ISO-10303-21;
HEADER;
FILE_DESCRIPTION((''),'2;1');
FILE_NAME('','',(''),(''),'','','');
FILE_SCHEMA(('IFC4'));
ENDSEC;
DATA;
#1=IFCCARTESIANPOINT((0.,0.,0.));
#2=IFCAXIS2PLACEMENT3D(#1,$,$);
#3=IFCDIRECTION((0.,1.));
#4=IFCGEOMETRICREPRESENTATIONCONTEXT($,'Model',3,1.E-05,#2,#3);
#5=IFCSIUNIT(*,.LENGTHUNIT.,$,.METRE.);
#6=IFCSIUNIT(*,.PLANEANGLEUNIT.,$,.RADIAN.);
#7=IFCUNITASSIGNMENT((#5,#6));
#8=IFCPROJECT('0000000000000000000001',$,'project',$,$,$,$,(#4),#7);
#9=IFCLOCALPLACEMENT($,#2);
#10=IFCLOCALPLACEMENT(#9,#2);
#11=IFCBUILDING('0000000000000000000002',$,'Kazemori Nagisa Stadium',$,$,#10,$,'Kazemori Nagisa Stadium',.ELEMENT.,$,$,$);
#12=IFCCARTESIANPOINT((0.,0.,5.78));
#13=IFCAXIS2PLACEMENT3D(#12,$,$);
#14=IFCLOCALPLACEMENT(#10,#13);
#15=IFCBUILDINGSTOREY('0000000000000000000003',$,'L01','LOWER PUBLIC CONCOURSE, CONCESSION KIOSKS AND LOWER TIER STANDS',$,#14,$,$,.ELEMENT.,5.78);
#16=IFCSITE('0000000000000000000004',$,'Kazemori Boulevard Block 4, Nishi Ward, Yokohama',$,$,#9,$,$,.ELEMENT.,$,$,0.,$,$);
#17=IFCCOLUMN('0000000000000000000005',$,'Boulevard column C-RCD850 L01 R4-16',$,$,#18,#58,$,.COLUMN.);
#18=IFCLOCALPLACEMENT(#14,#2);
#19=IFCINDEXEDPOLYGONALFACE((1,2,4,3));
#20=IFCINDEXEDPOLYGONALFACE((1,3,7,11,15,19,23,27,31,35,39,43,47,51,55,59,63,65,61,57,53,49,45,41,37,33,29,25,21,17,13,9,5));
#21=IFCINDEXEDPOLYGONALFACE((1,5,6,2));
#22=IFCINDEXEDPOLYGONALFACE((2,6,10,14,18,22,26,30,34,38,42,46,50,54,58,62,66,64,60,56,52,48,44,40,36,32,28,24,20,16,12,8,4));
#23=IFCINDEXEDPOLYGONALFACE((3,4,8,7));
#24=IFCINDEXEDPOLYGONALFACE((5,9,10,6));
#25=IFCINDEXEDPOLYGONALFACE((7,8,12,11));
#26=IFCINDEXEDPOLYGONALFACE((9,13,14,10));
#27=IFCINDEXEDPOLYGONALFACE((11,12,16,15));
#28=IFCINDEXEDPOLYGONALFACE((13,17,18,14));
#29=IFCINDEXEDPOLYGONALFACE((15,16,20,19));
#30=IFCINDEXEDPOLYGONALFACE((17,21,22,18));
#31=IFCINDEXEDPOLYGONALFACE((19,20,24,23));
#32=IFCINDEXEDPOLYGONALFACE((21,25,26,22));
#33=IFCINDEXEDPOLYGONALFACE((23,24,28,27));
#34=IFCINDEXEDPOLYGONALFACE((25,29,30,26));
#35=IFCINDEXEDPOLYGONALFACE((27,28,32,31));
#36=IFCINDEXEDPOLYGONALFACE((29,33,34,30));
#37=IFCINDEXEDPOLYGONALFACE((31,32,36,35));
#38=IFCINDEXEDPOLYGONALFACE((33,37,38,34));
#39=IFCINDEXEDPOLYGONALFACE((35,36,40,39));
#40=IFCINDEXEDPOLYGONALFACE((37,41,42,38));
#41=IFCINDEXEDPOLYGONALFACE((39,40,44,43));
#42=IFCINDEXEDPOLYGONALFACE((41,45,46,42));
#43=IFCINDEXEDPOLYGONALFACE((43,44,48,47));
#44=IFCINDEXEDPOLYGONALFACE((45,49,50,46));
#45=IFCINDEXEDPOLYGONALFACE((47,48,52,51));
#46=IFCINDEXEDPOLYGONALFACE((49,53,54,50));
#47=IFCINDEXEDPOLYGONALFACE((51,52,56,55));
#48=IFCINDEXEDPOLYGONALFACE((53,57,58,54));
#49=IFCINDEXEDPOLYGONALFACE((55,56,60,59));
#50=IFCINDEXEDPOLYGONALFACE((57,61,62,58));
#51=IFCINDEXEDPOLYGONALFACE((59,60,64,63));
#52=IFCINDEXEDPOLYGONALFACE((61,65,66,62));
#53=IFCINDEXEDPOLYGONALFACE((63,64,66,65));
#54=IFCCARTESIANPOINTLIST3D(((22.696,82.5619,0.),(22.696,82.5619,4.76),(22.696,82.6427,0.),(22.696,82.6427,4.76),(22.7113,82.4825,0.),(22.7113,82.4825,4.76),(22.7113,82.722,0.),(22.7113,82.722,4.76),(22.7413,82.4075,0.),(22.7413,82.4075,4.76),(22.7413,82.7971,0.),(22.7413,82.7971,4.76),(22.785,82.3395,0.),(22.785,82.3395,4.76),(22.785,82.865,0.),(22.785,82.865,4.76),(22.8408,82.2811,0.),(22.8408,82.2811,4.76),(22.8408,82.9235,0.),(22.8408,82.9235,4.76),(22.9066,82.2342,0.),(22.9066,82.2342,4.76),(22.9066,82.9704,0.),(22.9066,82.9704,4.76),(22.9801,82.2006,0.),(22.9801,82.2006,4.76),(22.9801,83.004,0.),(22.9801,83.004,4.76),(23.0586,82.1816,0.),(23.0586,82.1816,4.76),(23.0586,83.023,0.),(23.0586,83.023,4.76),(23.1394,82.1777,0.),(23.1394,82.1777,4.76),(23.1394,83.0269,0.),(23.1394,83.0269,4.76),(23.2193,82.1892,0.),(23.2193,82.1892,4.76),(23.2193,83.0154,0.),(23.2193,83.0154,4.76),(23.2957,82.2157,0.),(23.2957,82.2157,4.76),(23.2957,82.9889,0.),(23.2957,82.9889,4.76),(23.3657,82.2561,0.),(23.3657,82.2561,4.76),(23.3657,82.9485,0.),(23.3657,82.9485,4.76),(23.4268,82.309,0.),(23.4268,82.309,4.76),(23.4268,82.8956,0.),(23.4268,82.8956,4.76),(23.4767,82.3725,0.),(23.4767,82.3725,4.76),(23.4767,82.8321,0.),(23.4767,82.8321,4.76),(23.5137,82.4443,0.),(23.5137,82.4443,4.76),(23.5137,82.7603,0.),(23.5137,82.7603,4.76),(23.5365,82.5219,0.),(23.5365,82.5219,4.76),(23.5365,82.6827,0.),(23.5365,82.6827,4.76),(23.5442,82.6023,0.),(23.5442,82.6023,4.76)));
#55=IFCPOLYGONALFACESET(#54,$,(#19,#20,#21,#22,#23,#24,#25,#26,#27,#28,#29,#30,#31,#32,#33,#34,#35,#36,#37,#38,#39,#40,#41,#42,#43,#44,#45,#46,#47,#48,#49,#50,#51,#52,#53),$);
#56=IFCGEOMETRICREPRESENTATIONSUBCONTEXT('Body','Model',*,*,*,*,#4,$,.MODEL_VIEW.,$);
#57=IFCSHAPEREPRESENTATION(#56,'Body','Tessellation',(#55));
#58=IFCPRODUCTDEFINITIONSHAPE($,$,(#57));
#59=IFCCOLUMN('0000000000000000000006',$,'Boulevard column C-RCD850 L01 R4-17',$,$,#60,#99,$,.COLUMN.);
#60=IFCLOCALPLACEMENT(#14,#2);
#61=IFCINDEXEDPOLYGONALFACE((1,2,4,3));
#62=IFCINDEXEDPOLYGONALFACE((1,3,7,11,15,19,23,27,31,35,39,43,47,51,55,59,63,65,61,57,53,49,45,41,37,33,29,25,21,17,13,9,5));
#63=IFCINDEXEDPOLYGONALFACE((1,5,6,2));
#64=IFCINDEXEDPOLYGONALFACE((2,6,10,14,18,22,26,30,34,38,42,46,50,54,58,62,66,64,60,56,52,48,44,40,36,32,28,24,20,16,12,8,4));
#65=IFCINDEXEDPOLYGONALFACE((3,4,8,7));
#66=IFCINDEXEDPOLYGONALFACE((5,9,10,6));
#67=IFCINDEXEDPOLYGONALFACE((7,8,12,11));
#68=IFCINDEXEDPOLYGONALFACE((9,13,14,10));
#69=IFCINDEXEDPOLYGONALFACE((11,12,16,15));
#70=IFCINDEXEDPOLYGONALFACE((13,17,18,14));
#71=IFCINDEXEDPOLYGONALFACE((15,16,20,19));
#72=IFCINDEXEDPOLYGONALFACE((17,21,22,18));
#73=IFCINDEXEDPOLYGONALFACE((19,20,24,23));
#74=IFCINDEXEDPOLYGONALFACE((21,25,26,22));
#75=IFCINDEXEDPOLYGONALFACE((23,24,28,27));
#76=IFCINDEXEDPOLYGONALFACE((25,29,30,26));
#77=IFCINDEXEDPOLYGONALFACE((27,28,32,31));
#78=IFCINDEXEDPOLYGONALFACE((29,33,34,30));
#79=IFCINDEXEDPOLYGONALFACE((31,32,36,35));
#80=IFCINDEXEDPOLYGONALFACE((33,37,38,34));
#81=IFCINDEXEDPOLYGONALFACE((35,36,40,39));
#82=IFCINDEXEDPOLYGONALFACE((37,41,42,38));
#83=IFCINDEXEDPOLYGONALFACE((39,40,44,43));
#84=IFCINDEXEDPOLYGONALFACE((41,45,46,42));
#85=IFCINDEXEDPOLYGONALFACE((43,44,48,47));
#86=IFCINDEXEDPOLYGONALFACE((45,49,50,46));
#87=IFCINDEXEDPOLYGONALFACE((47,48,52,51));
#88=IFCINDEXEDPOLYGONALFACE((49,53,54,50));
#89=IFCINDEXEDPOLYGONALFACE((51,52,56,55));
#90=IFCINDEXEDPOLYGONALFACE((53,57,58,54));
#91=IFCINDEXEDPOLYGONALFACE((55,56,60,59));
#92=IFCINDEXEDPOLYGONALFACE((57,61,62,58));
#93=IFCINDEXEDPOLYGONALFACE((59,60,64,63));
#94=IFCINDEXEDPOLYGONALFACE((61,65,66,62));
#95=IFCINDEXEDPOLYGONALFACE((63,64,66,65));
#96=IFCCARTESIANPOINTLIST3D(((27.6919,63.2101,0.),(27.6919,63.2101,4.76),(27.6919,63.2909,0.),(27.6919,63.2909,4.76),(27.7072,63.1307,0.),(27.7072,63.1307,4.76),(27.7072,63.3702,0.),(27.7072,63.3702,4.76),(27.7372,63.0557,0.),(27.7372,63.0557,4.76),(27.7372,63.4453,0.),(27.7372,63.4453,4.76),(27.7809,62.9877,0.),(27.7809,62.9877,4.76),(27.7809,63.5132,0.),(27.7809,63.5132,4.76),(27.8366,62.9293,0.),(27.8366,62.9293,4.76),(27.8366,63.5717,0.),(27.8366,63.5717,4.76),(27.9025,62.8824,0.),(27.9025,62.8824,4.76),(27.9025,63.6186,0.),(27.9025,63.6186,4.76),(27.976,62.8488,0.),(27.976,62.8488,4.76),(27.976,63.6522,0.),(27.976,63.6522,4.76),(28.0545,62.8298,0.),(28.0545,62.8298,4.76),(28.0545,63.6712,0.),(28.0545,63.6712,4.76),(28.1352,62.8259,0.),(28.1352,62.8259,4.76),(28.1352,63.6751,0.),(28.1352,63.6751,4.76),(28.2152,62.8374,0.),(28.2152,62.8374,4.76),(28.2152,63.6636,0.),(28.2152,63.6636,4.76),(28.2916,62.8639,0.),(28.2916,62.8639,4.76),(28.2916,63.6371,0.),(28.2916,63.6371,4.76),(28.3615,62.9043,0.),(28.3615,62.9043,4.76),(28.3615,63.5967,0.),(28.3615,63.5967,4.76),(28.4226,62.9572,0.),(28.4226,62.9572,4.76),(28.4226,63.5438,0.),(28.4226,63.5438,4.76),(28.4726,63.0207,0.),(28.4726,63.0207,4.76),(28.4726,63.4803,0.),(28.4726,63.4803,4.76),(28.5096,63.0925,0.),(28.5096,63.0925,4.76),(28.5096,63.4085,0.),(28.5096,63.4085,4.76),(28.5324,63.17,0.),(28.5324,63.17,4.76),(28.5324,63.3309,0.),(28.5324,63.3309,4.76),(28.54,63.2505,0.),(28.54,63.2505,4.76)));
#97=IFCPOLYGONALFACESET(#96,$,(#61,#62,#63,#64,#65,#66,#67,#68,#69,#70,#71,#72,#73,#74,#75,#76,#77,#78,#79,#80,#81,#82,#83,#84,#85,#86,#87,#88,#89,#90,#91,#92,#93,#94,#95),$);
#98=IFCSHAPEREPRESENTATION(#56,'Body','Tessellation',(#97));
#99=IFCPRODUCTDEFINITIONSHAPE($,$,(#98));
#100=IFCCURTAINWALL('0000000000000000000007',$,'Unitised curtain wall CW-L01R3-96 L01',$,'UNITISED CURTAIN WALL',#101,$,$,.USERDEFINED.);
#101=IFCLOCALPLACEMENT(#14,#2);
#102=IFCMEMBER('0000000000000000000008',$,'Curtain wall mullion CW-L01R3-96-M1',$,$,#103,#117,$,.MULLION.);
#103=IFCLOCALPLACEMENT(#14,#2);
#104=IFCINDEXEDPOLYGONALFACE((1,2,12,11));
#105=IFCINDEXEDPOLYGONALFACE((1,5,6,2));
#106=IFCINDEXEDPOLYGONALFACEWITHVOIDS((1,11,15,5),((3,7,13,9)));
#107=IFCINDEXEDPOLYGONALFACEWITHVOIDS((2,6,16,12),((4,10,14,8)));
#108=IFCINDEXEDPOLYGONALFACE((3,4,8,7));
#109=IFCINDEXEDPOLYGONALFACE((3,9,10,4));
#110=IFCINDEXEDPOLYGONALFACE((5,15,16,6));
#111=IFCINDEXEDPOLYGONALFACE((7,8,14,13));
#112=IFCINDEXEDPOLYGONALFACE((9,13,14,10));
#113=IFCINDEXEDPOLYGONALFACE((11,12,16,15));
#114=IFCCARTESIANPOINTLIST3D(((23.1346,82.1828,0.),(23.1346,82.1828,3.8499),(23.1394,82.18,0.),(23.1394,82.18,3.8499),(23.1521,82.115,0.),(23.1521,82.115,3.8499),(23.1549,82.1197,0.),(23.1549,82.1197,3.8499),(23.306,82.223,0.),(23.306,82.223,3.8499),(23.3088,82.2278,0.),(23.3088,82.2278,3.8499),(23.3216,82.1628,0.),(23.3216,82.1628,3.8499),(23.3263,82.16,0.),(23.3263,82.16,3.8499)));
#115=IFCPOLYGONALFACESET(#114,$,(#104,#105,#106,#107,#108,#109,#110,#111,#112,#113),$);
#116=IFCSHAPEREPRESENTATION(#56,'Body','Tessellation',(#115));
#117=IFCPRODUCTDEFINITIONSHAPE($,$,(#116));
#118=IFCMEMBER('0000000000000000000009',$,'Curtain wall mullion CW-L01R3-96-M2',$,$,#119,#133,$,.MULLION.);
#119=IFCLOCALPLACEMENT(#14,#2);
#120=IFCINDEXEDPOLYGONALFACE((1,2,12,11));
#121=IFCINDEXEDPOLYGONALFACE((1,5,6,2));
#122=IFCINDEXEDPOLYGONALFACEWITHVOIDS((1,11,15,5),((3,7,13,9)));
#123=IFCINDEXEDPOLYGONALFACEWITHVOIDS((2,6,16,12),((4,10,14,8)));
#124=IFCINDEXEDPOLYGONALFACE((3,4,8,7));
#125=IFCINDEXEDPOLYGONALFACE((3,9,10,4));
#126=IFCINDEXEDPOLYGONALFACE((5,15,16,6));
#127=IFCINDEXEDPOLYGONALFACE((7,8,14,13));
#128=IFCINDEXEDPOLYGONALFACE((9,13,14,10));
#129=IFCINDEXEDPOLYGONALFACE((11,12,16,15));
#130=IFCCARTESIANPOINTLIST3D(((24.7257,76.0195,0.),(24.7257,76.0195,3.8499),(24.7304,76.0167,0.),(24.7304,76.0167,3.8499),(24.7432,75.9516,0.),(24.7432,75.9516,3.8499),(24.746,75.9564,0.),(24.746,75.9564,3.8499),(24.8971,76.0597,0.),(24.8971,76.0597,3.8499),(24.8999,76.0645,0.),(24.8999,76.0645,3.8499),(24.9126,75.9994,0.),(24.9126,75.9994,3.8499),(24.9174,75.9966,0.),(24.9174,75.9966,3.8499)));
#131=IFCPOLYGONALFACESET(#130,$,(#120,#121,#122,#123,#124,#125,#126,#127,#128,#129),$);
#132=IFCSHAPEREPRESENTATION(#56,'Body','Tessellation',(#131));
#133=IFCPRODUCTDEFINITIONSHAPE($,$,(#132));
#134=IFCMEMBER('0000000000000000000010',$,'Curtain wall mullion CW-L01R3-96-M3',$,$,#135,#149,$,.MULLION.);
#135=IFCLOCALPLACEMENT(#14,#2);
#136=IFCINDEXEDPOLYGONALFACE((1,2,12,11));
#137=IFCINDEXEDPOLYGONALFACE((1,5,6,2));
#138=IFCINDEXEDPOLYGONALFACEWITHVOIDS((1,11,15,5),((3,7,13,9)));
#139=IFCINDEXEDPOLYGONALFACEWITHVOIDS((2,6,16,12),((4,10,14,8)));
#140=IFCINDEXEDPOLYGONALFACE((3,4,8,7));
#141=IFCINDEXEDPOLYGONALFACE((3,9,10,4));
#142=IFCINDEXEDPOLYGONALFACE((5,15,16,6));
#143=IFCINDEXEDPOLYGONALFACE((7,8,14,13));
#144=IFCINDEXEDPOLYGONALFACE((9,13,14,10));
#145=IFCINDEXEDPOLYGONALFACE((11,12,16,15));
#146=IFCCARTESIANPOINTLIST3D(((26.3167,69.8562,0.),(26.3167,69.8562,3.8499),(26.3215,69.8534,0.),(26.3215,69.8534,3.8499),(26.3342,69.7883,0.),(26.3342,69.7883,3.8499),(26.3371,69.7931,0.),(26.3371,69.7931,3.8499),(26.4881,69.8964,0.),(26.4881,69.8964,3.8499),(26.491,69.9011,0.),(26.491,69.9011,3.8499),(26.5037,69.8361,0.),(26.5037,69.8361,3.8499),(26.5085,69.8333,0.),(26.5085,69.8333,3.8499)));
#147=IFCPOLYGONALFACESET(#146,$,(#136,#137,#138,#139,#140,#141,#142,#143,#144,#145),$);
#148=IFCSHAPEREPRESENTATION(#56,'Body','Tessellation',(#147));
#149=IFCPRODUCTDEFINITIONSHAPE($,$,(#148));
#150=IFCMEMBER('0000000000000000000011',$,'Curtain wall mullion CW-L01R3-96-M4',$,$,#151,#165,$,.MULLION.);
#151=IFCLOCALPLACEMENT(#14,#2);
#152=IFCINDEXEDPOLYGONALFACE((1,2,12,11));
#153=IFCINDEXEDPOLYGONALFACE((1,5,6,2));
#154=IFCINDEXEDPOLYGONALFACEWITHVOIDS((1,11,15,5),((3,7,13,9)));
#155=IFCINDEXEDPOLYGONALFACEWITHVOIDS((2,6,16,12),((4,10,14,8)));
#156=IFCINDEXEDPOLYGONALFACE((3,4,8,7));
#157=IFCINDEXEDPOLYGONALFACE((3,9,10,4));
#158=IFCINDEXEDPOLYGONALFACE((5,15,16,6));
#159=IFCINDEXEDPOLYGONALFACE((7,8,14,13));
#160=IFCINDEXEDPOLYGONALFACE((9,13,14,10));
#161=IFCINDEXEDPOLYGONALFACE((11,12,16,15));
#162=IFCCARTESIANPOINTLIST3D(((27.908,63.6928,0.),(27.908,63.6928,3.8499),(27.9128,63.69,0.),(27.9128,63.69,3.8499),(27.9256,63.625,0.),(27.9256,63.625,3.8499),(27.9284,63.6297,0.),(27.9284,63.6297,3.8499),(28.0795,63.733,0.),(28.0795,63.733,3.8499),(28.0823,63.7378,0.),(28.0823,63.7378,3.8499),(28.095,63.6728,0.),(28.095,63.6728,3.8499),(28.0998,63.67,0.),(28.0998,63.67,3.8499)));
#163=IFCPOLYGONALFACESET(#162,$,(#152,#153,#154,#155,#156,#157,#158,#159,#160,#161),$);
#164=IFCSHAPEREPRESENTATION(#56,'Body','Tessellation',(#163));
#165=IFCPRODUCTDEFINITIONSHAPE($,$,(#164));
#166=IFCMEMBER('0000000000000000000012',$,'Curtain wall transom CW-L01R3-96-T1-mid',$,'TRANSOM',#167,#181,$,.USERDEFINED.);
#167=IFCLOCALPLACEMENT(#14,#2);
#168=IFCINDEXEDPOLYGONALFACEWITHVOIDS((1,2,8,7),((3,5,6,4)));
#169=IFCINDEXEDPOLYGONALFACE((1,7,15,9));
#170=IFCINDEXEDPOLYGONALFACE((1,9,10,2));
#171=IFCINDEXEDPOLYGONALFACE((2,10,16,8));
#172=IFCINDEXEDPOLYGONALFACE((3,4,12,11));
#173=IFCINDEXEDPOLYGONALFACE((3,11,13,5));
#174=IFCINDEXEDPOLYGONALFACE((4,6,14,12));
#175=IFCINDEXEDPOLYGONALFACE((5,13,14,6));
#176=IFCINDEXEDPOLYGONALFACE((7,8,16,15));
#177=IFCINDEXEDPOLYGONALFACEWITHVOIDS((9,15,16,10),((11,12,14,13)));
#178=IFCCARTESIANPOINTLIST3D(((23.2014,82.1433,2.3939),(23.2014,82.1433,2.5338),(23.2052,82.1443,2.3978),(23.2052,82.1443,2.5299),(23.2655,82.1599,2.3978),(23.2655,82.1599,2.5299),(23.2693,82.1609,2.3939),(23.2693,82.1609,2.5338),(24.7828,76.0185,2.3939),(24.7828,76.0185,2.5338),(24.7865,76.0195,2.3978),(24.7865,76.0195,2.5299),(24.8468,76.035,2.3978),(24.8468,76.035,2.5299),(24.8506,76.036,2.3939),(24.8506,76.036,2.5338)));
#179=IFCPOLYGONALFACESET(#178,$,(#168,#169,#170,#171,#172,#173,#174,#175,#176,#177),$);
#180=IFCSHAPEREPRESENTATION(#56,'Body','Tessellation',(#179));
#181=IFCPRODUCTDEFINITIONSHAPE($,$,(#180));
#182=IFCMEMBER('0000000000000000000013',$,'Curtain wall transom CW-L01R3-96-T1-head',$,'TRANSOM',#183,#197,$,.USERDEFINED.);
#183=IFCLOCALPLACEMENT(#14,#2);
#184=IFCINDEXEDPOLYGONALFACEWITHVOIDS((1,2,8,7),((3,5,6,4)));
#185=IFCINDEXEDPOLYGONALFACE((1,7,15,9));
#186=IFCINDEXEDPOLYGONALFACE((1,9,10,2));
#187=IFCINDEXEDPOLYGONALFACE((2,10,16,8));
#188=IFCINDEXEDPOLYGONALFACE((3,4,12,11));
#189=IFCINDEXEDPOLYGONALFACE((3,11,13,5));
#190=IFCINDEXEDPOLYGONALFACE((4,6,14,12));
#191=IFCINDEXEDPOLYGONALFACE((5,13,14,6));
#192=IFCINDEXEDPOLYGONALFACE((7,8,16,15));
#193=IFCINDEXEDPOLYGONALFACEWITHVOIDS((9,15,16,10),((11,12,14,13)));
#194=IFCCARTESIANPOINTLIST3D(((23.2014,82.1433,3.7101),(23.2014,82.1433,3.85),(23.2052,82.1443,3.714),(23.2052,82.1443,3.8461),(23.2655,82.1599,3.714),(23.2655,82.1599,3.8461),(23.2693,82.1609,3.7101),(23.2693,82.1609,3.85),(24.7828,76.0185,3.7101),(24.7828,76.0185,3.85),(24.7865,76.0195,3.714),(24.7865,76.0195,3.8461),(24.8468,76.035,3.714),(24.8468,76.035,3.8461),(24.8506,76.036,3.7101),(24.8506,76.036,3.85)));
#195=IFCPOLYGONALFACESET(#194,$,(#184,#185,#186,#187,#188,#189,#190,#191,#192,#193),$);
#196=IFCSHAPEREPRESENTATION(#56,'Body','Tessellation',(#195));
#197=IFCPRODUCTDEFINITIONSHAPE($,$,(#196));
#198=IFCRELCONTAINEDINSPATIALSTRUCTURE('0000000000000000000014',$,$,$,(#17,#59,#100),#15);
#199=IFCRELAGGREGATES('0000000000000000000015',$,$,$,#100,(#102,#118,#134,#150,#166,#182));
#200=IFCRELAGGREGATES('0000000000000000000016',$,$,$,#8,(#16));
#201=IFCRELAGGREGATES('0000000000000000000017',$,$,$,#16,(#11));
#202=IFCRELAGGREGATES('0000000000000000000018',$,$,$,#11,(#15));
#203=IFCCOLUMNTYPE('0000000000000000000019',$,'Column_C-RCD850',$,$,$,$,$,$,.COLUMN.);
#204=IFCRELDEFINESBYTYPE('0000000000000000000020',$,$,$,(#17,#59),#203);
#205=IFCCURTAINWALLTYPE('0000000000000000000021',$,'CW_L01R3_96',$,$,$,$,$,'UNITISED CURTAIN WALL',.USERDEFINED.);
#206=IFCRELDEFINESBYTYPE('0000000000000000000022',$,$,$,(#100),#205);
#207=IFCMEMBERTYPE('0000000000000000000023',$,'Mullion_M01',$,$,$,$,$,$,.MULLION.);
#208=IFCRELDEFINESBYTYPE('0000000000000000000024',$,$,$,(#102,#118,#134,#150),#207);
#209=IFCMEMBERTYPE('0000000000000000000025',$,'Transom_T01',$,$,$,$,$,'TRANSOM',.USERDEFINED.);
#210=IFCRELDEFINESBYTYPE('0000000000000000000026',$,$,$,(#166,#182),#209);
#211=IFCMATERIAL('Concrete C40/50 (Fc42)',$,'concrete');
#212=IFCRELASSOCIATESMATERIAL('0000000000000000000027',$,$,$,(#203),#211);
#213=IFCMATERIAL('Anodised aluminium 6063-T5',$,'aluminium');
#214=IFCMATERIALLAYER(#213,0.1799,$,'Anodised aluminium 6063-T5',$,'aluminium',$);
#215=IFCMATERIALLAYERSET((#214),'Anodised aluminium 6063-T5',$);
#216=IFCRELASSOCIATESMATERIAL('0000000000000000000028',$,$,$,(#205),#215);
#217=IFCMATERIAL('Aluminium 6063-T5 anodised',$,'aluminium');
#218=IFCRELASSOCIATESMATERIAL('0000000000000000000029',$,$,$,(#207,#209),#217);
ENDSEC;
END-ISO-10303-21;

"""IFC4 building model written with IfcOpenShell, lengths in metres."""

from ifc_helpers import new_model, si_unit, direction, frame, origin, origin_2d, place, context, subcontext, project, spatial, hollow_rectangle, circle, extrude, material, layer, layer_set, material_profile, profile_set, type_object, element, aggregate, save


model = new_model("IFC4")

# Units and contexts
model_context = context("Model", 3, precision=1e-05, world=origin(), true_north=direction((0.0, 1.0)))
body_context = subcontext(model_context, "Body", "Model", "MODEL_VIEW")
ifc_project = project(units=[si_unit("LENGTHUNIT", "METRE"), si_unit("PLANEANGLEUNIT", "RADIAN")], contexts=[model_context])

# Site, building, storey
site_placement = place(None, origin())
site = spatial("IfcSite", under=ifc_project, at=site_placement, Name="Kazemori Boulevard Block 4, Nishi Ward, Yokohama", CompositionType="ELEMENT", RefElevation=0.0)
building_placement = place(site_placement, origin())
building = spatial("IfcBuilding", under=site, at=building_placement, Name="Kazemori Nagisa Stadium", LongName="Kazemori Nagisa Stadium", CompositionType="ELEMENT")
storey_placement = place(building_placement, frame((0.0, 0.0, 5.78)))
storey = spatial("IfcBuildingStorey", under=building, at=storey_placement, Name="L01", Description="LOWER PUBLIC CONCOURSE, CONCESSION KIOSKS AND LOWER TIER STANDS", CompositionType="ELEMENT", Elevation=5.78)

# Columns
ifc_material_1 = material(Name="Concrete C40/50 (Fc42)", Category="concrete")
ifc_material_profile_1 = material_profile(ifc_material_1, circle(Radius=0.425, at=origin_2d()), Name="RC-COL-D850")
ifc_profile_set_1 = profile_set([ifc_material_profile_1], Name="Concrete C40/50 (Fc42)")
column_type = type_object("IfcColumnType", Name="Column_C-RCD850", PredefinedType="COLUMN", material=ifc_profile_set_1)
for number, where, z_axis, x_axis, name in (
    (1, (23.1191, 82.6023, 0.0), (0.0, 0.0, 1.0), (1.0, 0.0, 0.0), "Boulevard column C-RCD850 L01 R4-16"),
    (2, (28.115, 63.2505, 0.0), (0.0, 0.0, 1.0), (1.0, 0.0, 0.0), "Boulevard column C-RCD850 L01 R4-17"),
):
    element("IfcColumn", number, at=place(storey_placement, frame(where, z_axis=z_axis, x_axis=x_axis)), inside=storey, type_object=column_type, Name=name, PredefinedType="COLUMN", context=body_context, shape_type="SweptSolid", body=[
        extrude(circle(Radius=0.425, at=origin_2d()), origin(), (0.0, 0.0, 1.0), 4.76),
    ])

# Curtain wall, members
ifc_material_2 = material(Name="Anodised aluminium 6063-T5", Category="aluminium")
ifc_layer_1 = layer(ifc_material_2, 0.1799, Name="Anodised aluminium 6063-T5", Category="aluminium")
ifc_layer_set_1 = layer_set([ifc_layer_1], Name="Anodised aluminium 6063-T5")
curtain_wall_type = type_object("IfcCurtainWallType", Name="CW_L01R3_96", ElementType="UNITISED CURTAIN WALL", PredefinedType="USERDEFINED", material=ifc_layer_set_1)
curtain_wall_placement = place(storey_placement, origin())
curtain_wall = element("IfcCurtainWall", 3, at=curtain_wall_placement, inside=storey, type_object=curtain_wall_type, Name="Unitised curtain wall CW-L01R3-96 L01", ObjectType="UNITISED CURTAIN WALL", PredefinedType="USERDEFINED")
ifc_material_3 = material(Name="Aluminium 6063-T5 anodised", Category="aluminium")
ifc_material_profile_2 = material_profile(ifc_material_3, hollow_rectangle(XDim=0.0701, YDim=0.1799, WallThickness=0.0039, at=origin_2d()), Name="ALU-MULL-70x180x4")
ifc_profile_set_2 = profile_set([ifc_material_profile_2], Name="Aluminium 6063-T5 anodised")
member_type_1 = type_object("IfcMemberType", Name="Mullion_M01", PredefinedType="MULLION", material=ifc_profile_set_2)
member_1_placement = place(storey_placement, frame((23.2305, 82.1714, 0.0), z_axis=(0.0, 0.0, 1.0), x_axis=(0.249965, -0.968255, 0.0)))
member_1 = element("IfcMember", 4, at=member_1_placement, type_object=member_type_1, Name="Curtain wall mullion CW-L01R3-96-M1", PredefinedType="MULLION", context=body_context, shape_type="SweptSolid", body=[
    extrude(hollow_rectangle(XDim=0.0701, YDim=0.1799, WallThickness=0.0039, at=origin_2d()), origin(), (0.0, 0.0, 1.0), 3.8499),
])
member_2_placement = place(storey_placement, frame((24.8215, 76.0081, 0.0), z_axis=(0.0, 0.0, 1.0), x_axis=(0.249965, -0.968255, 0.0)))
member_2 = element("IfcMember", 5, at=member_2_placement, type_object=member_type_1, Name="Curtain wall mullion CW-L01R3-96-M2", PredefinedType="MULLION", context=body_context, shape_type="SweptSolid", body=[
    extrude(hollow_rectangle(XDim=0.0701, YDim=0.1799, WallThickness=0.0039, at=origin_2d()), origin(), (0.0, 0.0, 1.0), 3.8499),
])
member_3_placement = place(storey_placement, frame((26.4126, 69.8447, 0.0), z_axis=(0.0, 0.0, 1.0), x_axis=(0.249965, -0.968255, 0.0)))
member_3 = element("IfcMember", 6, at=member_3_placement, type_object=member_type_1, Name="Curtain wall mullion CW-L01R3-96-M3", PredefinedType="MULLION", context=body_context, shape_type="SweptSolid", body=[
    extrude(hollow_rectangle(XDim=0.0701, YDim=0.1799, WallThickness=0.0039, at=origin_2d()), origin(), (0.0, 0.0, 1.0), 3.8499),
])
member_4_placement = place(storey_placement, frame((28.0039, 63.6814, 0.0), z_axis=(0.0, 0.0, 1.0), x_axis=(0.249965, -0.968255, 0.0)))
member_4 = element("IfcMember", 7, at=member_4_placement, type_object=member_type_1, Name="Curtain wall mullion CW-L01R3-96-M4", PredefinedType="MULLION", context=body_context, shape_type="SweptSolid", body=[
    extrude(hollow_rectangle(XDim=0.0701, YDim=0.1799, WallThickness=0.0039, at=origin_2d()), origin(), (0.0, 0.0, 1.0), 3.8499),
])
ifc_material_profile_3 = material_profile(ifc_material_3, hollow_rectangle(XDim=0.0701, YDim=0.1399, WallThickness=0.0039, at=origin_2d()), Name="ALU-TRAN-70x140x4")
ifc_profile_set_3 = profile_set([ifc_material_profile_3], Name="Aluminium 6063-T5 anodised")
member_type_2 = type_object("IfcMemberType", Name="Transom_T01", ElementType="TRANSOM", PredefinedType="USERDEFINED", material=ifc_profile_set_3)
member_5_placement = place(storey_placement, frame((23.2354, 82.1521, 2.4639), z_axis=(0.249984, -0.96825, 0.0), x_axis=(0.96825, 0.249984, 0.0)))
member_5 = element("IfcMember", 8, at=member_5_placement, type_object=member_type_2, Name="Curtain wall transom CW-L01R3-96-T1-mid", ObjectType="TRANSOM", PredefinedType="USERDEFINED", context=body_context, shape_type="SweptSolid", body=[
    extrude(hollow_rectangle(XDim=0.0701, YDim=0.1399, WallThickness=0.0039, at=origin_2d()), origin(), (0.0, 0.0, 1.0), 6.3257),
])
member_6_placement = place(storey_placement, frame((23.2354, 82.1521, 3.78), z_axis=(0.249984, -0.96825, 0.0), x_axis=(0.96825, 0.249984, 0.0)))
member_6 = element("IfcMember", 9, at=member_6_placement, type_object=member_type_2, Name="Curtain wall transom CW-L01R3-96-T1-head", ObjectType="TRANSOM", PredefinedType="USERDEFINED", context=body_context, shape_type="SweptSolid", body=[
    extrude(hollow_rectangle(XDim=0.0701, YDim=0.1399, WallThickness=0.0039, at=origin_2d()), origin(), (0.0, 0.0, 1.0), 6.3257),
])
aggregate(curtain_wall, [member_1, member_2, member_3, member_4, member_5, member_6])

save(model, "model.ifc")
